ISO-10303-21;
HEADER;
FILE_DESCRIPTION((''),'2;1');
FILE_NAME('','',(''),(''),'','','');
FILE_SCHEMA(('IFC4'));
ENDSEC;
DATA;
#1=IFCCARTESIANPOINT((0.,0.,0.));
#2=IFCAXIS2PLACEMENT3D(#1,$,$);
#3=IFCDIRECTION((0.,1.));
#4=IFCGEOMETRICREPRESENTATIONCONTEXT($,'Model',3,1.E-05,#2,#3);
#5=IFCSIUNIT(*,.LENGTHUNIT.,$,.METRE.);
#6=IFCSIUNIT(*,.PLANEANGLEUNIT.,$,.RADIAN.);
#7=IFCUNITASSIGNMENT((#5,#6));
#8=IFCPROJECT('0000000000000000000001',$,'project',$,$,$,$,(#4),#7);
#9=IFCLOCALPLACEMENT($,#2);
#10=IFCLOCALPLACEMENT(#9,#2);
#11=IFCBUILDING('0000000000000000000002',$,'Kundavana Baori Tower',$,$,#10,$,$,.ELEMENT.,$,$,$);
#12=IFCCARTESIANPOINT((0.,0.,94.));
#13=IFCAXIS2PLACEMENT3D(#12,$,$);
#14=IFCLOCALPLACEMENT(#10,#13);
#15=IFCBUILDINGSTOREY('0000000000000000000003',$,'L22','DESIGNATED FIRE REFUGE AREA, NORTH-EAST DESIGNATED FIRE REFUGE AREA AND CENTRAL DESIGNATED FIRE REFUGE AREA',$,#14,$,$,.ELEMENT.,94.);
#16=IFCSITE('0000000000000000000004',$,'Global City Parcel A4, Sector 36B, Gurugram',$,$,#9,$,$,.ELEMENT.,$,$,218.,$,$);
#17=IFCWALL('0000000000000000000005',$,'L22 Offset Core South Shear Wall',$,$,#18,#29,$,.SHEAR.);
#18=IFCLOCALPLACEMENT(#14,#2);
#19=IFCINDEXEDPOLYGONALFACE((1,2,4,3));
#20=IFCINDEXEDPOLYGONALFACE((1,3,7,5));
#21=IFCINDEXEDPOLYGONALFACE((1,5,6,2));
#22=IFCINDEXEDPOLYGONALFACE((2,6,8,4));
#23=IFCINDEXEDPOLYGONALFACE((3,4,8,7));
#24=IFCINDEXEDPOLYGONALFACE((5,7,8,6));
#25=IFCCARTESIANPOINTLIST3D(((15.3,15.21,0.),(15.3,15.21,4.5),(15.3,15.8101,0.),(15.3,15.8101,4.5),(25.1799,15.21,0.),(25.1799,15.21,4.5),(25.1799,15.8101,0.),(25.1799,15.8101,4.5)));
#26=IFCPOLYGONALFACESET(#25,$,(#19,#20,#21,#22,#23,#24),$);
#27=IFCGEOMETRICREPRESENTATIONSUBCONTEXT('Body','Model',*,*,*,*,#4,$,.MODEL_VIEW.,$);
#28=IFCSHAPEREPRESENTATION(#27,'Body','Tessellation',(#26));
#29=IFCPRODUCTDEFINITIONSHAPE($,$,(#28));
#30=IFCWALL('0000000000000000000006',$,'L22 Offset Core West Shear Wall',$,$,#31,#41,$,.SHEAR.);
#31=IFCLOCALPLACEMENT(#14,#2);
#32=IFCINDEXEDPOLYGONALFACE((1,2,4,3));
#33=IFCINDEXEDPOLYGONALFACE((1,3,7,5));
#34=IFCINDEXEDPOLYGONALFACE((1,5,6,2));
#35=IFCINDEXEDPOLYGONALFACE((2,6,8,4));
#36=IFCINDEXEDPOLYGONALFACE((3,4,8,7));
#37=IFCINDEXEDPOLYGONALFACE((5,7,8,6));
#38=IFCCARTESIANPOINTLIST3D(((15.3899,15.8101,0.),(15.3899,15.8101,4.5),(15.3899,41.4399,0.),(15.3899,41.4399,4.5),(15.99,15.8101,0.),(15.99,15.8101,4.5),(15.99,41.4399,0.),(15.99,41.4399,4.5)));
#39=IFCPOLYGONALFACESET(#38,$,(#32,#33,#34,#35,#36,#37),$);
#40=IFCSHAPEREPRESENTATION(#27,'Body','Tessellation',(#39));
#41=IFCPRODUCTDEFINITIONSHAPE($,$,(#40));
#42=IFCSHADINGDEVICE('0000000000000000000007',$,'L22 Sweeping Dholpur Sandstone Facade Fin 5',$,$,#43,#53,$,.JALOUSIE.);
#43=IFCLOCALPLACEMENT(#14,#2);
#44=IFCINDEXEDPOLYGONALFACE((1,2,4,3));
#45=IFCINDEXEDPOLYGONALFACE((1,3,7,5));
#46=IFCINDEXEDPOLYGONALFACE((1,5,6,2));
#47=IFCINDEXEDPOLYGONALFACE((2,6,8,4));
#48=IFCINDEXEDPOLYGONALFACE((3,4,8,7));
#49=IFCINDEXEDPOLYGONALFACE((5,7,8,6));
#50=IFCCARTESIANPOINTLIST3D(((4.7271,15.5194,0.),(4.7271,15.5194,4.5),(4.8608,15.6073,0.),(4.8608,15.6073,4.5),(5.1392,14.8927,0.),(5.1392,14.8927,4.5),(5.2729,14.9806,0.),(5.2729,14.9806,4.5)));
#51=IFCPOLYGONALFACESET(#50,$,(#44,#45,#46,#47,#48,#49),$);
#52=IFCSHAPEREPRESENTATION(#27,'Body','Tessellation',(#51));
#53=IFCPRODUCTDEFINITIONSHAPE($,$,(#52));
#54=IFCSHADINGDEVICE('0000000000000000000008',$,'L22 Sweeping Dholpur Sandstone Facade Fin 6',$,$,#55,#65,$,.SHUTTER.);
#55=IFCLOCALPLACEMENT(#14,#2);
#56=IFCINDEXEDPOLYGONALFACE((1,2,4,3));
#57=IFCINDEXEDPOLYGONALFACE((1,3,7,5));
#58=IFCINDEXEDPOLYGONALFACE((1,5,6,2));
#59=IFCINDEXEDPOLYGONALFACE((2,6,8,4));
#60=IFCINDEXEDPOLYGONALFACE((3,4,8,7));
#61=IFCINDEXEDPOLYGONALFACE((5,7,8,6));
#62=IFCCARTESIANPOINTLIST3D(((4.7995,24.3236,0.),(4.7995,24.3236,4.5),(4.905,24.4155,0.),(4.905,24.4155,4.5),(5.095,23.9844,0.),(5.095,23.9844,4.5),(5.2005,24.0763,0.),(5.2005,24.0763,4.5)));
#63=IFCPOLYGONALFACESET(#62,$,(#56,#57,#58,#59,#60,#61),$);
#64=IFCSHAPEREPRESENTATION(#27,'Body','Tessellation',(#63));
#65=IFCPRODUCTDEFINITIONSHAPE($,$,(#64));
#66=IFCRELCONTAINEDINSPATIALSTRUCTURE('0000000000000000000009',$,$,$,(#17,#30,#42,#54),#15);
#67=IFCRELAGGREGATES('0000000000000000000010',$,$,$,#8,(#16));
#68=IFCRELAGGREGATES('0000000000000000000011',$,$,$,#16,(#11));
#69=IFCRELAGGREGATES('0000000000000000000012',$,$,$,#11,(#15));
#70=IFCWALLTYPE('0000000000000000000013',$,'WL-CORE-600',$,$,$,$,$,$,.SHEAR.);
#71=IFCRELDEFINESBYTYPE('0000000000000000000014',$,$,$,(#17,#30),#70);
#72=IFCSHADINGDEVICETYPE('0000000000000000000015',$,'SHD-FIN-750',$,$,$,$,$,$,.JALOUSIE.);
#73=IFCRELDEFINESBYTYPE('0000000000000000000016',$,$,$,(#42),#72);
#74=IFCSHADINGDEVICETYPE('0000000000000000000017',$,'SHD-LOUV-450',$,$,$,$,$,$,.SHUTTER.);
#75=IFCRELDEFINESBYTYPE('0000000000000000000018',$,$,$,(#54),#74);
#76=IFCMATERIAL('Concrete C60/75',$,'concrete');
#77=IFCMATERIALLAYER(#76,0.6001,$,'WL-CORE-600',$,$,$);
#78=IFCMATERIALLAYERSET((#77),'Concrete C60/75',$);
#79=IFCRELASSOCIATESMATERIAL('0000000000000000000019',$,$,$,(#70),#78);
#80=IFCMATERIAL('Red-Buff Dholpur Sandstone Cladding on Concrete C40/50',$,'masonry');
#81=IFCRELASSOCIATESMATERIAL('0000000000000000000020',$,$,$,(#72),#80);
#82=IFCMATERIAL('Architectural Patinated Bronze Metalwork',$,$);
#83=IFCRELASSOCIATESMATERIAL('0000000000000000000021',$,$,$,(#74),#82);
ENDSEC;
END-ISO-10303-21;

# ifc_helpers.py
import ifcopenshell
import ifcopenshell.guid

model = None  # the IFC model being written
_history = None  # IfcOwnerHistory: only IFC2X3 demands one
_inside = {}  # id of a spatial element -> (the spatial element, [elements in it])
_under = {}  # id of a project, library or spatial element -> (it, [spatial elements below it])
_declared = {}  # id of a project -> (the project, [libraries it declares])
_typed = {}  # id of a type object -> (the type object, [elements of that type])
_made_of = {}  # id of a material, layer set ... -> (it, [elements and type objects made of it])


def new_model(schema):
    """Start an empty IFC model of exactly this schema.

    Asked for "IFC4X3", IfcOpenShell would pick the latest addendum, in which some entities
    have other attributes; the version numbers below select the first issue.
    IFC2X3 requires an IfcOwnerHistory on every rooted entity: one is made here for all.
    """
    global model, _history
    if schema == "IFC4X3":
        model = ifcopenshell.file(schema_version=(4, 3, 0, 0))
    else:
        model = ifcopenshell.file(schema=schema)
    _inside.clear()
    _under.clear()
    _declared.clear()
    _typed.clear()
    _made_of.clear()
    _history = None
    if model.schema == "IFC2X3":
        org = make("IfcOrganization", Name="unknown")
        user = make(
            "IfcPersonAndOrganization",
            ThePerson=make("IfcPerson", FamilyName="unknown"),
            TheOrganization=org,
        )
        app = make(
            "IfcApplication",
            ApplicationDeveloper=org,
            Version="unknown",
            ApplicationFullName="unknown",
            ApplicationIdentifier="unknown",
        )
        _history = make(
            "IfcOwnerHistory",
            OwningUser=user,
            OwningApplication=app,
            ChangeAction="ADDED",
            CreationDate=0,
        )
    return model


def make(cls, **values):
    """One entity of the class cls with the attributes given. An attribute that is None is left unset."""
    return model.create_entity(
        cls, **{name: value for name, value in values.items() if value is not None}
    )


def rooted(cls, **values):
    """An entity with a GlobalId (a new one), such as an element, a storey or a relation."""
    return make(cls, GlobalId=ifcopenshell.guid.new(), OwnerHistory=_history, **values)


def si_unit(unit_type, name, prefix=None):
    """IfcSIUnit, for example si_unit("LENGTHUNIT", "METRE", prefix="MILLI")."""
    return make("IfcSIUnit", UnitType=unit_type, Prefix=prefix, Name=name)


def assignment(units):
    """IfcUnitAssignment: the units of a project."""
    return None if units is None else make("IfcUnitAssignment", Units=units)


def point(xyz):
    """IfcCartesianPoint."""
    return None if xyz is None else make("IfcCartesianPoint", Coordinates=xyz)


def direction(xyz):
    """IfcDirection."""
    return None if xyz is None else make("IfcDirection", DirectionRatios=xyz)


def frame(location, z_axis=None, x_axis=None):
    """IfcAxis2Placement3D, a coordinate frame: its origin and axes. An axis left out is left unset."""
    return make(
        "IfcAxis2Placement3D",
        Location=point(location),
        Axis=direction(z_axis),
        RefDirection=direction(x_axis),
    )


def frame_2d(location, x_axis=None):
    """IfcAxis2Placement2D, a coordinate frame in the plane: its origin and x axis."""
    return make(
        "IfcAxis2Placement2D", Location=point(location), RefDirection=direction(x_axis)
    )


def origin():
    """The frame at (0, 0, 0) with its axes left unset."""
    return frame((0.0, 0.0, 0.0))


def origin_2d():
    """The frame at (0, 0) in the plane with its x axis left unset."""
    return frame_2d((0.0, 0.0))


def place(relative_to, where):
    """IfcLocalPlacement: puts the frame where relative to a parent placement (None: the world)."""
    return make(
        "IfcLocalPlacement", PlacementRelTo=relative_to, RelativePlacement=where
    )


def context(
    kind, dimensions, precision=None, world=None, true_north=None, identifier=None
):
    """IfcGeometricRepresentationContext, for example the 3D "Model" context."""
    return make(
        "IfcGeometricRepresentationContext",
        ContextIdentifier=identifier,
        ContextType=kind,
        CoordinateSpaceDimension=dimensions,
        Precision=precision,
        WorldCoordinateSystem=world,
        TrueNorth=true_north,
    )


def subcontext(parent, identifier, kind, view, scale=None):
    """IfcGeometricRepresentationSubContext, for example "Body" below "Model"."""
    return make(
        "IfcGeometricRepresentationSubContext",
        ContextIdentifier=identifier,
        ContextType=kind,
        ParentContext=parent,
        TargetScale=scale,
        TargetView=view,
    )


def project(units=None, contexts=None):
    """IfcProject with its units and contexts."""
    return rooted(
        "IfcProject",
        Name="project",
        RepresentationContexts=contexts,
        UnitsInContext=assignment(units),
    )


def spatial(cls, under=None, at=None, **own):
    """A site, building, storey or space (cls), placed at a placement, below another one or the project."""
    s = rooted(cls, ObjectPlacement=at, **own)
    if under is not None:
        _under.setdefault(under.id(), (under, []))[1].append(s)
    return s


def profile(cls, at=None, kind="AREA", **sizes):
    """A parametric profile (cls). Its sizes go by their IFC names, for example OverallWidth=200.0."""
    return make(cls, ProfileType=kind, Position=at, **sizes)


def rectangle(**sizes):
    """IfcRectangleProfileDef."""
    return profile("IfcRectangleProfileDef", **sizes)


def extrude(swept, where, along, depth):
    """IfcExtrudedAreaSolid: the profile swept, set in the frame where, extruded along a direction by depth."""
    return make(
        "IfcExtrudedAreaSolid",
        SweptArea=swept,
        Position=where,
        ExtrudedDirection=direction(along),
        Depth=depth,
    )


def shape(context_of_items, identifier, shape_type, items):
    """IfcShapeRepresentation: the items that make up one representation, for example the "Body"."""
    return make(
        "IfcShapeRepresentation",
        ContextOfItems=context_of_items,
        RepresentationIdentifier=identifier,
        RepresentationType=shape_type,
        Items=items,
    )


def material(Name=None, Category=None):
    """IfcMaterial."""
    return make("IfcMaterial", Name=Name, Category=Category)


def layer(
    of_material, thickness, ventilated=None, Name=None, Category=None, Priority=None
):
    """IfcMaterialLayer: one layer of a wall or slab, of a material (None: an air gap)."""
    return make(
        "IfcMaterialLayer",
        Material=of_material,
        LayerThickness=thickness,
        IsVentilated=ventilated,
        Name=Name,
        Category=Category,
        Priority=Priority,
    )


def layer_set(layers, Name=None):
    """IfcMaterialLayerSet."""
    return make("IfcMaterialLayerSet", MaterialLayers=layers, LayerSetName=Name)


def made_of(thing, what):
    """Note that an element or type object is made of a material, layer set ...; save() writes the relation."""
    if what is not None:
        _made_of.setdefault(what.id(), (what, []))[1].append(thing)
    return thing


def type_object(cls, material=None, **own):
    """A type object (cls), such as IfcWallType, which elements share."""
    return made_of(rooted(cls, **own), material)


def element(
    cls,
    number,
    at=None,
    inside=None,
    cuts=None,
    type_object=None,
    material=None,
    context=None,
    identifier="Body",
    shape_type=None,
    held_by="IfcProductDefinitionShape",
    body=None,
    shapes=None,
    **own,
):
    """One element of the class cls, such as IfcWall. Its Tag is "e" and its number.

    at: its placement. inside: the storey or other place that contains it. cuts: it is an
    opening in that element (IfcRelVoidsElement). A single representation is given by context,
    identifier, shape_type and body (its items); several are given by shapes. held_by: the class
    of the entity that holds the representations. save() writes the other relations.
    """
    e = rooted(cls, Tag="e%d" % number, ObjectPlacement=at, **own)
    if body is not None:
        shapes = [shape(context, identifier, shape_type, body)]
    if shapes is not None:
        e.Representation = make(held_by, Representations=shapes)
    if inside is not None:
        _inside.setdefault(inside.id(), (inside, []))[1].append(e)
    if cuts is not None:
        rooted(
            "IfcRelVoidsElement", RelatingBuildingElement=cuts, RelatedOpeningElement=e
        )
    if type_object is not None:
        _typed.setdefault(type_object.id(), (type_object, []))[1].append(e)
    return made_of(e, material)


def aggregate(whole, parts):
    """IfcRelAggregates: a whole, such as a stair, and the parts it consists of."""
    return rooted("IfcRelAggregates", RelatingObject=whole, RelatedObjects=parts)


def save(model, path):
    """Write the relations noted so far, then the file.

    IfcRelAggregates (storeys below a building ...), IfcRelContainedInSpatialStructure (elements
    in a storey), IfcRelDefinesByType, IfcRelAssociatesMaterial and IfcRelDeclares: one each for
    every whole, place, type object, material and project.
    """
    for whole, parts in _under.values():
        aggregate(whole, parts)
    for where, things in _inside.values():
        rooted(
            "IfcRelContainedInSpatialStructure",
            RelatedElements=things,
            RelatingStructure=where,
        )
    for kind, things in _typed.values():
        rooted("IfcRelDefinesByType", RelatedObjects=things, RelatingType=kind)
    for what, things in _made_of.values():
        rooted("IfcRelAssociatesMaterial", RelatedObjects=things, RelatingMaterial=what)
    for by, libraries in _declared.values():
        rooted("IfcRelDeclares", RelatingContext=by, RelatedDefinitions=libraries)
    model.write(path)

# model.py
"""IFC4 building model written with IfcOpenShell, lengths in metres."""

from ifc_helpers import new_model, si_unit, direction, frame, frame_2d, origin, origin_2d, place, context, subcontext, project, spatial, rectangle, extrude, material, layer, layer_set, type_object, element, save


model = new_model("IFC4")

# Units and contexts
model_context = context("Model", 3, precision=1e-05, world=origin(), true_north=direction((0.0, 1.0)))
body_context = subcontext(model_context, "Body", "Model", "MODEL_VIEW")
ifc_project = project(units=[si_unit("LENGTHUNIT", "METRE"), si_unit("PLANEANGLEUNIT", "RADIAN")], contexts=[model_context])

# Site, building, storey
site_placement = place(None, origin())
site = spatial("IfcSite", under=ifc_project, at=site_placement, Name="Global City Parcel A4, Sector 36B, Gurugram", CompositionType="ELEMENT", RefElevation=218.0)
building_placement = place(site_placement, origin())
building = spatial("IfcBuilding", under=site, at=building_placement, Name="Kundavana Baori Tower", CompositionType="ELEMENT")
storey_placement = place(building_placement, frame((0.0, 0.0, 94.0)))
storey = spatial("IfcBuildingStorey", under=building, at=storey_placement, Name="L22", Description="DESIGNATED FIRE REFUGE AREA, NORTH-EAST DESIGNATED FIRE REFUGE AREA AND CENTRAL DESIGNATED FIRE REFUGE AREA", CompositionType="ELEMENT", Elevation=94.0)

# Walls
ifc_material_1 = material(Name="Concrete C60/75", Category="concrete")
ifc_layer_1 = layer(ifc_material_1, 0.6001, Name="WL-CORE-600")
ifc_layer_set_1 = layer_set([ifc_layer_1], Name="Concrete C60/75")
wall_type_1 = type_object("IfcWallType", Name="WL-CORE-600", PredefinedType="SHEAR", material=ifc_layer_set_1)
wall_1_placement = place(storey_placement, frame((15.3, 15.51, 0.0), z_axis=(0.0, 0.0, 1.0), x_axis=(1.0, 0.0, 0.0)))
element("IfcWall", 1, at=wall_1_placement, inside=storey, type_object=wall_type_1, Name="L22 Offset Core South Shear Wall", PredefinedType="SHEAR", context=body_context, shape_type="SweptSolid", body=[
    extrude(rectangle(XDim=9.8799, YDim=0.6001, at=frame_2d((4.9399, 0.0))), origin(), (0.0, 0.0, 1.0), 4.5),
])
wall_2_placement = place(storey_placement, frame((15.6899, 15.8101, 0.0), z_axis=(0.0, 0.0, 1.0), x_axis=(0.0, 1.0, 0.0)))
element("IfcWall", 2, at=wall_2_placement, inside=storey, type_object=wall_type_1, Name="L22 Offset Core West Shear Wall", PredefinedType="SHEAR", context=body_context, shape_type="SweptSolid", body=[
    extrude(rectangle(XDim=25.6299, YDim=0.6001, at=frame_2d((12.8149, 0.0))), origin(), (0.0, 0.0, 1.0), 4.5),
])

# Shading devices
ifc_material_2 = material(Name="Red-Buff Dholpur Sandstone Cladding on Concrete C40/50", Category="masonry")
shading_device_type_1 = type_object("IfcShadingDeviceType", Name="SHD-FIN-750", PredefinedType="JALOUSIE", material=ifc_material_2)
shading_device_1_placement = place(storey_placement, frame((5.0, 15.25, 0.0), z_axis=(0.0, 0.0, 1.0), x_axis=(0.83552, 0.54946, 0.0)))
element("IfcShadingDevice", 3, at=shading_device_1_placement, inside=storey, type_object=shading_device_type_1, Name="L22 Sweeping Dholpur Sandstone Facade Fin 5", PredefinedType="JALOUSIE", context=body_context, shape_type="SweptSolid", body=[
    extrude(rectangle(XDim=0.1599, YDim=0.75, at=origin_2d()), origin(), (0.0, 0.0, 1.0), 4.5),
])
ifc_material_3 = material(Name="Architectural Patinated Bronze Metalwork")
shading_device_type_2 = type_object("IfcShadingDeviceType", Name="SHD-LOUV-450", PredefinedType="SHUTTER", material=ifc_material_3)
shading_device_2_placement = place(storey_placement, frame((5.0, 24.2, 0.0), z_axis=(0.0, 0.0, 1.0), x_axis=(0.754022, 0.656849, 0.0)))
element("IfcShadingDevice", 4, at=shading_device_2_placement, inside=storey, type_object=shading_device_type_2, Name="L22 Sweeping Dholpur Sandstone Facade Fin 6", PredefinedType="SHUTTER", context=body_context, shape_type="SweptSolid", body=[
    extrude(rectangle(XDim=0.1399, YDim=0.45, at=origin_2d()), origin(), (0.0, 0.0, 1.0), 4.5),
])

save(model, "model.ifc")
